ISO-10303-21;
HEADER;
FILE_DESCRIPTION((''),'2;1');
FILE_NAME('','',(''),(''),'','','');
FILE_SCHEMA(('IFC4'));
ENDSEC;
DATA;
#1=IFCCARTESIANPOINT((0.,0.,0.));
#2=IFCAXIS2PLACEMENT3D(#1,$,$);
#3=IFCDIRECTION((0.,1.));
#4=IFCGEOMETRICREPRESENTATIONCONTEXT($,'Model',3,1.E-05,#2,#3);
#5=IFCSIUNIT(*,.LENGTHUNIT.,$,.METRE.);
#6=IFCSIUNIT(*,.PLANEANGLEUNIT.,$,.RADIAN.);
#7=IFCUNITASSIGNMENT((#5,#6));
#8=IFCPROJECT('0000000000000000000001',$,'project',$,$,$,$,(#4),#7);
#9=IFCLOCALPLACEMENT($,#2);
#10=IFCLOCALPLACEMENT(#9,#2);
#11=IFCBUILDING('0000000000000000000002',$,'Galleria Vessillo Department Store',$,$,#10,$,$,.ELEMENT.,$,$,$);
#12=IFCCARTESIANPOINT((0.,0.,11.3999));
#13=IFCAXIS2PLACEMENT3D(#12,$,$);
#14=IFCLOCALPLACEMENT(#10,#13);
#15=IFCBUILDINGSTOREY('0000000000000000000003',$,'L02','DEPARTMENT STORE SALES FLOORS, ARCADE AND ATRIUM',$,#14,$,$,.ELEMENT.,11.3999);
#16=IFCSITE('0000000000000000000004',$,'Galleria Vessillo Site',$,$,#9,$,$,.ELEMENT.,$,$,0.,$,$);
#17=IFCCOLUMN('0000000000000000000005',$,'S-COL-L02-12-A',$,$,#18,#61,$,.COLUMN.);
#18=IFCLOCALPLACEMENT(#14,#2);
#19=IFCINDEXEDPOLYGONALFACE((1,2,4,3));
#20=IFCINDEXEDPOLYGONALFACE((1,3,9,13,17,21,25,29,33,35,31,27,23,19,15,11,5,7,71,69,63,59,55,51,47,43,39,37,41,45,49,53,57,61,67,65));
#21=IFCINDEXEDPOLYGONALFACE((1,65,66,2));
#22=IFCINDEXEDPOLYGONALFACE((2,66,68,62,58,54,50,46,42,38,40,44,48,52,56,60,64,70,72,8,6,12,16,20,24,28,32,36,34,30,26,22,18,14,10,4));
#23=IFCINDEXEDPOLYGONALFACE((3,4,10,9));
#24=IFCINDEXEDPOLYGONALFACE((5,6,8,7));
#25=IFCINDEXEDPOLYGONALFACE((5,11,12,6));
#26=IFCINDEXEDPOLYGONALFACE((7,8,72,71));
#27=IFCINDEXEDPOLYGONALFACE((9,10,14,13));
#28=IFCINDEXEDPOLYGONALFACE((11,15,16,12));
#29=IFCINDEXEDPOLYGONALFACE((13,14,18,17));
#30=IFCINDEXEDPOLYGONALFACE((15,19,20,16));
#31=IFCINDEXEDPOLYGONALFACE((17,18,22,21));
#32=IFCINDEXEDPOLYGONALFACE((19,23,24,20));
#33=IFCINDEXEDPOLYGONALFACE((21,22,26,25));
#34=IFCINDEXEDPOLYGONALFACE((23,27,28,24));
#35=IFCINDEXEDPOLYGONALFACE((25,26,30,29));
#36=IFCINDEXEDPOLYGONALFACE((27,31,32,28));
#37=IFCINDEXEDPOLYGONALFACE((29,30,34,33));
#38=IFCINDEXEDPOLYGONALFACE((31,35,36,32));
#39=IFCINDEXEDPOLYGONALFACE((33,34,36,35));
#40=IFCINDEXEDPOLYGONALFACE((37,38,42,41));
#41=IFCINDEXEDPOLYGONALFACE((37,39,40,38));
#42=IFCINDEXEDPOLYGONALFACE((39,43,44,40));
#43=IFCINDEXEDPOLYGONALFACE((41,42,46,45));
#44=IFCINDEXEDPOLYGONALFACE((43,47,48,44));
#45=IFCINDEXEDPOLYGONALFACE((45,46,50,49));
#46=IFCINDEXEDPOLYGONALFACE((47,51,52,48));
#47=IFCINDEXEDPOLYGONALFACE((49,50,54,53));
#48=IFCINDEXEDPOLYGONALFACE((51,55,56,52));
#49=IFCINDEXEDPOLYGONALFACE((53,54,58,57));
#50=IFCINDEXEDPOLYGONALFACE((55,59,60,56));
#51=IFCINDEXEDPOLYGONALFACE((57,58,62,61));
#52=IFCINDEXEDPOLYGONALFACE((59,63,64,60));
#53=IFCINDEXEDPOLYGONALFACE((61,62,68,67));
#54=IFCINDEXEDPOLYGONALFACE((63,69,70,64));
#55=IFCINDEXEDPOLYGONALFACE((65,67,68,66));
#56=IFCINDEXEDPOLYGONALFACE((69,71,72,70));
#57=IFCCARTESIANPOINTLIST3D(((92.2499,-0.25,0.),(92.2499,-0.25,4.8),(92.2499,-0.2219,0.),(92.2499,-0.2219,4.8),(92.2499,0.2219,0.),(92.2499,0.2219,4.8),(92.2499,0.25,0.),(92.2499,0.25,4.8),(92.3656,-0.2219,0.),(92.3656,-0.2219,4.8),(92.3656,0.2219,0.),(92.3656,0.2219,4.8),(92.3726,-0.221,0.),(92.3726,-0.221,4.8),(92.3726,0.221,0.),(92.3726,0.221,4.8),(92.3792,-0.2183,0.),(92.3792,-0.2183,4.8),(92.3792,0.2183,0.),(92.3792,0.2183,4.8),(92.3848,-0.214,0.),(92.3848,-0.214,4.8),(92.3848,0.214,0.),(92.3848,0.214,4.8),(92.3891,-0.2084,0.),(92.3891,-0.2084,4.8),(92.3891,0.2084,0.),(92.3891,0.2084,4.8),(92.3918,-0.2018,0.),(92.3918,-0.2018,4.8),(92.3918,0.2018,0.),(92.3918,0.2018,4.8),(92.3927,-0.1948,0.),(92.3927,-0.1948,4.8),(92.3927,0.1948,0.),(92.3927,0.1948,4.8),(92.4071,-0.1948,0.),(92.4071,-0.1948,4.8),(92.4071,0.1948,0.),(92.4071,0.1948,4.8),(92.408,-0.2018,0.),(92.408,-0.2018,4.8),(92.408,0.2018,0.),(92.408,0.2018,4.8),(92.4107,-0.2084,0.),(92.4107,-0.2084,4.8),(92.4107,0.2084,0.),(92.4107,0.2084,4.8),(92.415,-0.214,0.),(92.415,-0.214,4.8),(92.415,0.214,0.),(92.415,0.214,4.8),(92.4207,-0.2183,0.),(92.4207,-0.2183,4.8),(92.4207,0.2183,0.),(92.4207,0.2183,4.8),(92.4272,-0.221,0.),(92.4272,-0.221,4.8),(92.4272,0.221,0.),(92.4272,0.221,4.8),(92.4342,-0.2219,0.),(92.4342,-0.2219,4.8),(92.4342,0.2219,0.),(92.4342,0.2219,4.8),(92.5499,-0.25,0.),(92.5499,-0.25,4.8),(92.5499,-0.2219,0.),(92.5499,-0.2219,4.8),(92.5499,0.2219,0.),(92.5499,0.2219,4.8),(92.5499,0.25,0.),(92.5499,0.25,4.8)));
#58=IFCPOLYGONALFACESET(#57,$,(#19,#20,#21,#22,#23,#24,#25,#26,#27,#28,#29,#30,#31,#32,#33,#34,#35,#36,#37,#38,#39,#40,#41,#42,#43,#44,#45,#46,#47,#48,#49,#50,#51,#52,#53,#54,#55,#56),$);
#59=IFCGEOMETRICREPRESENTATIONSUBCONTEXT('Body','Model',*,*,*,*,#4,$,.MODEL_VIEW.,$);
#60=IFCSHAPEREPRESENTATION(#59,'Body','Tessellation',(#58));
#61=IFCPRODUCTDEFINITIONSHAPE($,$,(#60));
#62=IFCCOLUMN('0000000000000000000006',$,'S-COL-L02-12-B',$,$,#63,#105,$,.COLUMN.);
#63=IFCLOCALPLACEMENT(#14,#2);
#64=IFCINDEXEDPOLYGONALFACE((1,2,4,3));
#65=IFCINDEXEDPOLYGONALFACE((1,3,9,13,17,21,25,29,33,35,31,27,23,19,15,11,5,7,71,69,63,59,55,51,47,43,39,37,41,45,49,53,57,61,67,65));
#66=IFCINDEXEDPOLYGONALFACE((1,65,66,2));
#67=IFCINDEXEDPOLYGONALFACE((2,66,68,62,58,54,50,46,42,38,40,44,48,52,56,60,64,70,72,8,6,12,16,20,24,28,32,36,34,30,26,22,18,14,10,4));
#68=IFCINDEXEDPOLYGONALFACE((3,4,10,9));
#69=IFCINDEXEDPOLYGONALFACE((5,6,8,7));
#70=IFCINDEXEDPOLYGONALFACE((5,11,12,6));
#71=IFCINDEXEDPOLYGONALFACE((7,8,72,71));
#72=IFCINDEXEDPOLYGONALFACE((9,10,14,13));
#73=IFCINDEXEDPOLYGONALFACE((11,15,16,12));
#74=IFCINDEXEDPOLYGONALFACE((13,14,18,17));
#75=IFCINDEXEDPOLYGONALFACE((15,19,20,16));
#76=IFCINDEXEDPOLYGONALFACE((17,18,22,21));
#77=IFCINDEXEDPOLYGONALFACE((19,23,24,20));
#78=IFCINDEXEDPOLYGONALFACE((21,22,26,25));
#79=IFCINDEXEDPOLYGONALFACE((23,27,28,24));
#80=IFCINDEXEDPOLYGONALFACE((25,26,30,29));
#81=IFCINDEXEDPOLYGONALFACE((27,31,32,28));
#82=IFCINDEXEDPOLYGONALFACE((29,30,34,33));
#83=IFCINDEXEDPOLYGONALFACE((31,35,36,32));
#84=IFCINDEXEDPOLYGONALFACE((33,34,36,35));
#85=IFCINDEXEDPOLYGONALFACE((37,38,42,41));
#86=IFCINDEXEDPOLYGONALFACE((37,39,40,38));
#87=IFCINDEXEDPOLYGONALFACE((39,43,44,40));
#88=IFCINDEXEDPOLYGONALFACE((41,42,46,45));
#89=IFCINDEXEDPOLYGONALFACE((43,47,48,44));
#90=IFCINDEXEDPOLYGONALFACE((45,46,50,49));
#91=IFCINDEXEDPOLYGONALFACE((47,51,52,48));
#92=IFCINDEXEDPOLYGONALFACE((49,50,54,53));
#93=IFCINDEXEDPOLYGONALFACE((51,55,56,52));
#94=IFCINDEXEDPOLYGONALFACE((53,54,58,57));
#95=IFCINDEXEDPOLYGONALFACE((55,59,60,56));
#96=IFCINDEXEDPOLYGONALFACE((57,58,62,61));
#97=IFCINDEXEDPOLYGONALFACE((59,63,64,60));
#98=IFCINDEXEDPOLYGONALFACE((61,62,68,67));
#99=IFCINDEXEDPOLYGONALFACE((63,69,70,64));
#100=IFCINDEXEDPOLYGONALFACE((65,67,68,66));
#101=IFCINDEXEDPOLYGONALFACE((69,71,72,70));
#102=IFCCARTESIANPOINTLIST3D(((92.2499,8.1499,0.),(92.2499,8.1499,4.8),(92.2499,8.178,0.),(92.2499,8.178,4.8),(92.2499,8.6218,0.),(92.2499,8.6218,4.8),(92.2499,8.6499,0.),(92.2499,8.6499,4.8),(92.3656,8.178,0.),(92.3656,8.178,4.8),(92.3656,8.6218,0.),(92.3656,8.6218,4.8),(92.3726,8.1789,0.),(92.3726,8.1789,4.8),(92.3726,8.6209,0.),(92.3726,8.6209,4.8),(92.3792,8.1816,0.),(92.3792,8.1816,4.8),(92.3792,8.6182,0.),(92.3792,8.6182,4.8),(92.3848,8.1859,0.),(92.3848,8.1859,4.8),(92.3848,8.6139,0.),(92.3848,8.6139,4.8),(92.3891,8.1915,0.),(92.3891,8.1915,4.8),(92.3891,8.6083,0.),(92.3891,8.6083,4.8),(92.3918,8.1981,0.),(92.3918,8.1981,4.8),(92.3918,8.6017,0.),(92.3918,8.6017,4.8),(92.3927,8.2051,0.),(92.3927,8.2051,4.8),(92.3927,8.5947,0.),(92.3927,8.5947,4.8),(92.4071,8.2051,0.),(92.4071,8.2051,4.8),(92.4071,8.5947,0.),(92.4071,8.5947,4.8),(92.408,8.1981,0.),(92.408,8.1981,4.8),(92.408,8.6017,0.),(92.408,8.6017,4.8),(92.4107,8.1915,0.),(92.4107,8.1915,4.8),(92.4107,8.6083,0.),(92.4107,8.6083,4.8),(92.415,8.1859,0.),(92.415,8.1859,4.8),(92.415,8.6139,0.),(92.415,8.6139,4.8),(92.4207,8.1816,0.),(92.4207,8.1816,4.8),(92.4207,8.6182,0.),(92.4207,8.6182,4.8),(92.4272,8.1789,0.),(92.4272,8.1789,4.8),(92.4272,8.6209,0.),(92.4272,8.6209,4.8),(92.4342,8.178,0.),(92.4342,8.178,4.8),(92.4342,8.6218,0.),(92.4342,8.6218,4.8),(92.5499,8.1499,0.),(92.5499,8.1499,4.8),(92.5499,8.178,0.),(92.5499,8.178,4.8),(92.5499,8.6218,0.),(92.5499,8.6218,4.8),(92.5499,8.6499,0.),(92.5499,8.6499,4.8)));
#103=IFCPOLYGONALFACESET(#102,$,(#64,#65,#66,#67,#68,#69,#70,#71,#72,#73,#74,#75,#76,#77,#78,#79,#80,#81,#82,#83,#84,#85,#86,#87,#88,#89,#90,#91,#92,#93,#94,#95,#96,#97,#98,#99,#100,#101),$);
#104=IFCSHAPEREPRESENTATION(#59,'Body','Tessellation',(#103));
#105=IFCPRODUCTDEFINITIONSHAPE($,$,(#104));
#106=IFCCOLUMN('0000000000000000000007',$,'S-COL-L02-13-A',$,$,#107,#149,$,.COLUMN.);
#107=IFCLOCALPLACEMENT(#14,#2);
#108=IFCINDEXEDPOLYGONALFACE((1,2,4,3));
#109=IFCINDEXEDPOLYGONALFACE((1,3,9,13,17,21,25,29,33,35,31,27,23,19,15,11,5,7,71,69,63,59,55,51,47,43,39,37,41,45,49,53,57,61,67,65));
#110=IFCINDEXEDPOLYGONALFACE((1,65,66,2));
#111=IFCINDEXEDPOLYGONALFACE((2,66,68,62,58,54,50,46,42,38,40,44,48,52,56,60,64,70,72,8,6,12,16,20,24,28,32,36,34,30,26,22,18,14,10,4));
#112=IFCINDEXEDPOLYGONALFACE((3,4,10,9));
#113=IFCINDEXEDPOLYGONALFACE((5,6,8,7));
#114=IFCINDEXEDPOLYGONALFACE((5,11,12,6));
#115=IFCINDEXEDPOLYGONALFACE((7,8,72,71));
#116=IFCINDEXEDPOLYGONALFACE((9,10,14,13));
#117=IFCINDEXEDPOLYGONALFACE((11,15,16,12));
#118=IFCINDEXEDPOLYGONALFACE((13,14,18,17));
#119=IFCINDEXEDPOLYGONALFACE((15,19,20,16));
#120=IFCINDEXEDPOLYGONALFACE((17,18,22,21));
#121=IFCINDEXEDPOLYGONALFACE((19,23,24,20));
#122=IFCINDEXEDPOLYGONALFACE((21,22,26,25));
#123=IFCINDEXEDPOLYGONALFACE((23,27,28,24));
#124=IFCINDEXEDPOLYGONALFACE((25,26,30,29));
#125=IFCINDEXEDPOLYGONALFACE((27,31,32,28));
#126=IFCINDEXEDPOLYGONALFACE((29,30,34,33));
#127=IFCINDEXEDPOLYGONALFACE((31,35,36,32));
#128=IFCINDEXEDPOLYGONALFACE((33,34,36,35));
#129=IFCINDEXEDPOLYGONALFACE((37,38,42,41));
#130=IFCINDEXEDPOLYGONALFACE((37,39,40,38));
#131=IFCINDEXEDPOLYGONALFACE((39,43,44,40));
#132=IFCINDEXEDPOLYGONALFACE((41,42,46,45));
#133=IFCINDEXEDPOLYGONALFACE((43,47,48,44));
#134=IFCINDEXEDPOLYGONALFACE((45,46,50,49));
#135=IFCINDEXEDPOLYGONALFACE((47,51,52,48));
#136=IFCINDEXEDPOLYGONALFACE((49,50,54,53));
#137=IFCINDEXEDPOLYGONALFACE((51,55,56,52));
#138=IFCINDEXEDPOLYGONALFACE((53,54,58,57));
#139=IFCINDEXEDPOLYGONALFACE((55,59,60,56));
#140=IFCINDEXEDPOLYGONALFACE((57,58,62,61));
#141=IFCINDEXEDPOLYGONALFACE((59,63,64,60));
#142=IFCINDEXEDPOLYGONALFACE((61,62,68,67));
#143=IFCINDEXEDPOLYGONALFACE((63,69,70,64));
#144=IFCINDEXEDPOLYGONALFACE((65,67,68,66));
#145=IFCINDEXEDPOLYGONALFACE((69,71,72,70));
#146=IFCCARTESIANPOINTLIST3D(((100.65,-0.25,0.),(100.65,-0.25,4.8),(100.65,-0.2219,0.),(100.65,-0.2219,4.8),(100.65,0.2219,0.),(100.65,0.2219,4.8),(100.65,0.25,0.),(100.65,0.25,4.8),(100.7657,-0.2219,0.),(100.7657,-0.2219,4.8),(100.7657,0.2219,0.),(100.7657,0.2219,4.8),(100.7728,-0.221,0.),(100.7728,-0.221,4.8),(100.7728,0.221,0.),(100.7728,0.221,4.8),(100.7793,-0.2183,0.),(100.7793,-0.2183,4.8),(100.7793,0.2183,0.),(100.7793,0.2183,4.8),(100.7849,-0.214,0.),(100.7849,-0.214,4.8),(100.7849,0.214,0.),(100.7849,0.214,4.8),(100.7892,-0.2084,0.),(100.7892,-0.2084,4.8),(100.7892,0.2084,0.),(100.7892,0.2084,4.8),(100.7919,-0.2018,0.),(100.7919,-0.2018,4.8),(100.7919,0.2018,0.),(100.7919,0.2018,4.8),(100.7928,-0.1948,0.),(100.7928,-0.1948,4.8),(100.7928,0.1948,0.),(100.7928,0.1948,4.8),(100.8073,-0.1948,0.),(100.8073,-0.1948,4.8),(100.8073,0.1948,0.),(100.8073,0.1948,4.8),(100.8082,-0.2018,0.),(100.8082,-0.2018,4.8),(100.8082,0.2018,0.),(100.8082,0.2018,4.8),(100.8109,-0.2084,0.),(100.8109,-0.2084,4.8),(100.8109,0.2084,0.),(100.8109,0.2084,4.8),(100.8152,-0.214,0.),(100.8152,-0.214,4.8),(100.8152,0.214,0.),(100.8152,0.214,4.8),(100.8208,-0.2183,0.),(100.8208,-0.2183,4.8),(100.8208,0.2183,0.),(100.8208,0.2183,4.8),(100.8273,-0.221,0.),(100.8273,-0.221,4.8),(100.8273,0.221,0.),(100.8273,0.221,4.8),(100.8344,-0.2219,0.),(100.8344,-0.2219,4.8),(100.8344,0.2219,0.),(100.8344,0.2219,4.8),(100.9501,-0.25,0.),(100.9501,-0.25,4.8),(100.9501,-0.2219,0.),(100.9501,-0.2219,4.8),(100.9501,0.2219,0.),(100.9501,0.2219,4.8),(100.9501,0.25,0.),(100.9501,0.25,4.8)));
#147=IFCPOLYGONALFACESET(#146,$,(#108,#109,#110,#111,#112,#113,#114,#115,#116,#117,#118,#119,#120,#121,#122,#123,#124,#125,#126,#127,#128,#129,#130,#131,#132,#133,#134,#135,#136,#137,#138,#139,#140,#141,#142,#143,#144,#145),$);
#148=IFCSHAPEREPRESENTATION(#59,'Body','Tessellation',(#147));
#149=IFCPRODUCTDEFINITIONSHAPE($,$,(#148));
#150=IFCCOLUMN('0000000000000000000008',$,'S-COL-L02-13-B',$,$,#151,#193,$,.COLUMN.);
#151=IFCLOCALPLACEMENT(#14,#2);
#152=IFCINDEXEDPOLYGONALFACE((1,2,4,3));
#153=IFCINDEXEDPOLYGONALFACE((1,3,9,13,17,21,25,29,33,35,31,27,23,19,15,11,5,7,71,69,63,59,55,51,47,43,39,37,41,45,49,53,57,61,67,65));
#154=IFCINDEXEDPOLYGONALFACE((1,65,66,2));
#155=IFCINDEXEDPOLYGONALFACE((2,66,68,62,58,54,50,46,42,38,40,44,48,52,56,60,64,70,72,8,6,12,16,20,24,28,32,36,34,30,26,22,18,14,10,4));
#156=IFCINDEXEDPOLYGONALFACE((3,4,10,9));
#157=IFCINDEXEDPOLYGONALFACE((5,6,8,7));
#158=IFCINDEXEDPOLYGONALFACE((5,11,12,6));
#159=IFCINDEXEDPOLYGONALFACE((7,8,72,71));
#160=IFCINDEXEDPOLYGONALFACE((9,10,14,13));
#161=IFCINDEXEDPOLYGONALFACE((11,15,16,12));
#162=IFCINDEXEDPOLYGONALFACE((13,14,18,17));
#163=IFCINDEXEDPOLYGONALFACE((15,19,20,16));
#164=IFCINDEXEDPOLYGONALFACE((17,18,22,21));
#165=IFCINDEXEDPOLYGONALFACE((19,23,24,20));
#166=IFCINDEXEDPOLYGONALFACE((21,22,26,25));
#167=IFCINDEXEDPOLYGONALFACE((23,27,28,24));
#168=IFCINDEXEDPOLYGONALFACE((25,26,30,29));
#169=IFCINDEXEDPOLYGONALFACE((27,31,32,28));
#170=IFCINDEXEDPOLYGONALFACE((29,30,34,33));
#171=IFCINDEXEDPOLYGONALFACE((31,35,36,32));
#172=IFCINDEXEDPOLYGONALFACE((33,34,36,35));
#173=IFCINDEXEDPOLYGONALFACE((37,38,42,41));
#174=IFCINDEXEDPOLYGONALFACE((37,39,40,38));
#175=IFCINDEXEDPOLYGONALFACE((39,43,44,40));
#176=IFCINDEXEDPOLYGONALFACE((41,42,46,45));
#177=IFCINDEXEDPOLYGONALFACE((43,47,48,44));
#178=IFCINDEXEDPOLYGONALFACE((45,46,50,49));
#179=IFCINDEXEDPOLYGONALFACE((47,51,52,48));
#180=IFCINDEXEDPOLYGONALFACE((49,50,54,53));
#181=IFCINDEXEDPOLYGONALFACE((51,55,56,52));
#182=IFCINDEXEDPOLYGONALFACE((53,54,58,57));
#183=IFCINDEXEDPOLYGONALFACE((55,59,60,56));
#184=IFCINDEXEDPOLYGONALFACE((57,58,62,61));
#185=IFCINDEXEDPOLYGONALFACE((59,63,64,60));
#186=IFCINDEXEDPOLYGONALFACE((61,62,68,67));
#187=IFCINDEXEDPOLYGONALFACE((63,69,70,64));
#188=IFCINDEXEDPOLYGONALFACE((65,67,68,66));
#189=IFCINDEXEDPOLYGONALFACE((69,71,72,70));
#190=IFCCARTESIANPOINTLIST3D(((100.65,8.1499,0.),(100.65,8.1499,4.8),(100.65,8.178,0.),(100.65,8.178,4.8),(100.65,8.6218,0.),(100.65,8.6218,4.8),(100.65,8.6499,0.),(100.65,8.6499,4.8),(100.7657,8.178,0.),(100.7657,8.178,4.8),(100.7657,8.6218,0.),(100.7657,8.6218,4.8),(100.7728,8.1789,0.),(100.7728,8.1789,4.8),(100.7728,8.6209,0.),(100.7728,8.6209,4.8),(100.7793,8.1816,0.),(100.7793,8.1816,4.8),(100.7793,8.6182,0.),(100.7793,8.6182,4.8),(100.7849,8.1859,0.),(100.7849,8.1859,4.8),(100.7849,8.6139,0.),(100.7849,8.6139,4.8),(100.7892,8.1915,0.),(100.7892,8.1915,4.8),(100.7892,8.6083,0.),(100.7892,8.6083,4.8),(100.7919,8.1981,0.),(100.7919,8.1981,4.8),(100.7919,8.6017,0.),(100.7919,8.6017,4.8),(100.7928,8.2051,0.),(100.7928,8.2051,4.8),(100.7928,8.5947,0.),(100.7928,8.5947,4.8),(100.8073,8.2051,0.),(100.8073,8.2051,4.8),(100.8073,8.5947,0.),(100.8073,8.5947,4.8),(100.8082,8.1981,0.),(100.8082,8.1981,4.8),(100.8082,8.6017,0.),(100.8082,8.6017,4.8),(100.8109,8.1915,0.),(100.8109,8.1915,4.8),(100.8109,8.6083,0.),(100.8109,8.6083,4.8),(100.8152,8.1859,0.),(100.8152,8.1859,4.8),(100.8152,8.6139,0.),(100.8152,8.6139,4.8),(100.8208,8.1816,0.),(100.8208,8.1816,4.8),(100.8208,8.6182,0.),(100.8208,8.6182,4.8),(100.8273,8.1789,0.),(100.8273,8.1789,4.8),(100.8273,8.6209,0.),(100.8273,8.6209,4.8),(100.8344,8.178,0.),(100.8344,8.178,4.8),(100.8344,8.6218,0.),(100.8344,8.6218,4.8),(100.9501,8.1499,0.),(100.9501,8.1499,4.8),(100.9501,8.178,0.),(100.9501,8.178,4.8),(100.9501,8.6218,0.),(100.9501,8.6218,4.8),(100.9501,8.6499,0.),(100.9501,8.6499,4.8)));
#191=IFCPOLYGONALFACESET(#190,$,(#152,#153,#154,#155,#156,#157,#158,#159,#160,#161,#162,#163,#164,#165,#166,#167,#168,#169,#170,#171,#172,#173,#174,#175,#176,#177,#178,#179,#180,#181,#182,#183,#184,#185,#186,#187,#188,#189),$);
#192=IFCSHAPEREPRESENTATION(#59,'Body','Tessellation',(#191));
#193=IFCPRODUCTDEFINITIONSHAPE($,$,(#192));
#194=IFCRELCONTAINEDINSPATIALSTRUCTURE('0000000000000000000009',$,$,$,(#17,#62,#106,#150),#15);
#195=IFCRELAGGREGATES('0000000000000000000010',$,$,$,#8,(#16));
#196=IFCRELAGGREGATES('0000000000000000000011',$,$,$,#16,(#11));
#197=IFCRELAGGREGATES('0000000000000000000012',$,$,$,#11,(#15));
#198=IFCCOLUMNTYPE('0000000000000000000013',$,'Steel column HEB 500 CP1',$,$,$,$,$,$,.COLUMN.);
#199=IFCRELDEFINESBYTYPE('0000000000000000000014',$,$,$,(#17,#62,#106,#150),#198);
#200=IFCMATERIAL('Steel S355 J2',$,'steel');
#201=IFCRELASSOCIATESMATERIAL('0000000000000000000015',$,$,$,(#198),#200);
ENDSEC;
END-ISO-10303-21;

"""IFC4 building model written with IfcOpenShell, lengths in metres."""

from ifc_helpers import new_model, si_unit, direction, frame, origin, origin_2d, place, context, subcontext, project, spatial, i_section, extrude, material, material_profile, profile_set, type_object, element, save


model = new_model("IFC4")

# Units and contexts
model_context = context("Model", 3, precision=1e-05, world=origin(), true_north=direction((0.0, 1.0)))
body_context = subcontext(model_context, "Body", "Model", "MODEL_VIEW")
ifc_project = project(units=[si_unit("LENGTHUNIT", "METRE"), si_unit("PLANEANGLEUNIT", "RADIAN")], contexts=[model_context])

# Site, building, storey
site_placement = place(None, origin())
site = spatial("IfcSite", under=ifc_project, at=site_placement, Name="Galleria Vessillo Site", CompositionType="ELEMENT", RefElevation=0.0)
building_placement = place(site_placement, origin())
building = spatial("IfcBuilding", under=site, at=building_placement, Name="Galleria Vessillo Department Store", CompositionType="ELEMENT")
storey_placement = place(building_placement, frame((0.0, 0.0, 11.3999)))
storey = spatial("IfcBuildingStorey", under=building, at=storey_placement, Name="L02", Description="DEPARTMENT STORE SALES FLOORS, ARCADE AND ATRIUM", CompositionType="ELEMENT", Elevation=11.3999)

# Columns
ifc_material_1 = material(Name="Steel S355 J2", Category="steel")
ifc_material_profile_1 = material_profile(ifc_material_1, i_section(OverallWidth=0.3, OverallDepth=0.5, WebThickness=0.0144, FlangeThickness=0.0281, FilletRadius=0.0271, at=origin_2d()), Name="HEB 500")
ifc_profile_set_1 = profile_set([ifc_material_profile_1], Name="Steel S355 J2")
column_type = type_object("IfcColumnType", Name="Steel column HEB 500 CP1", PredefinedType="COLUMN", material=ifc_profile_set_1)
for number, where, z_axis, x_axis, name in (
    (1, (92.3999, 0.0, 0.0), (0.0, 0.0, 1.0), (1.0, 0.0, 0.0), "S-COL-L02-12-A"),
    (2, (92.3999, 8.3999, 0.0), (0.0, 0.0, 1.0), (1.0, 0.0, 0.0), "S-COL-L02-12-B"),
    (3, (100.8, 0.0, 0.0), (0.0, 0.0, 1.0), (1.0, 0.0, 0.0), "S-COL-L02-13-A"),
    (4, (100.8, 8.3999, 0.0), (0.0, 0.0, 1.0), (1.0, 0.0, 0.0), "S-COL-L02-13-B"),
):
    element("IfcColumn", number, at=place(storey_placement, frame(where, z_axis=z_axis, x_axis=x_axis)), inside=storey, type_object=column_type, Name=name, PredefinedType="COLUMN", context=body_context, shape_type="SweptSolid", body=[
        extrude(i_section(OverallWidth=0.3, OverallDepth=0.5, WebThickness=0.0144, FlangeThickness=0.0281, FilletRadius=0.0271, at=origin_2d()), origin(), (0.0, 0.0, 1.0), 4.8),
    ])

save(model, "model.ifc")
